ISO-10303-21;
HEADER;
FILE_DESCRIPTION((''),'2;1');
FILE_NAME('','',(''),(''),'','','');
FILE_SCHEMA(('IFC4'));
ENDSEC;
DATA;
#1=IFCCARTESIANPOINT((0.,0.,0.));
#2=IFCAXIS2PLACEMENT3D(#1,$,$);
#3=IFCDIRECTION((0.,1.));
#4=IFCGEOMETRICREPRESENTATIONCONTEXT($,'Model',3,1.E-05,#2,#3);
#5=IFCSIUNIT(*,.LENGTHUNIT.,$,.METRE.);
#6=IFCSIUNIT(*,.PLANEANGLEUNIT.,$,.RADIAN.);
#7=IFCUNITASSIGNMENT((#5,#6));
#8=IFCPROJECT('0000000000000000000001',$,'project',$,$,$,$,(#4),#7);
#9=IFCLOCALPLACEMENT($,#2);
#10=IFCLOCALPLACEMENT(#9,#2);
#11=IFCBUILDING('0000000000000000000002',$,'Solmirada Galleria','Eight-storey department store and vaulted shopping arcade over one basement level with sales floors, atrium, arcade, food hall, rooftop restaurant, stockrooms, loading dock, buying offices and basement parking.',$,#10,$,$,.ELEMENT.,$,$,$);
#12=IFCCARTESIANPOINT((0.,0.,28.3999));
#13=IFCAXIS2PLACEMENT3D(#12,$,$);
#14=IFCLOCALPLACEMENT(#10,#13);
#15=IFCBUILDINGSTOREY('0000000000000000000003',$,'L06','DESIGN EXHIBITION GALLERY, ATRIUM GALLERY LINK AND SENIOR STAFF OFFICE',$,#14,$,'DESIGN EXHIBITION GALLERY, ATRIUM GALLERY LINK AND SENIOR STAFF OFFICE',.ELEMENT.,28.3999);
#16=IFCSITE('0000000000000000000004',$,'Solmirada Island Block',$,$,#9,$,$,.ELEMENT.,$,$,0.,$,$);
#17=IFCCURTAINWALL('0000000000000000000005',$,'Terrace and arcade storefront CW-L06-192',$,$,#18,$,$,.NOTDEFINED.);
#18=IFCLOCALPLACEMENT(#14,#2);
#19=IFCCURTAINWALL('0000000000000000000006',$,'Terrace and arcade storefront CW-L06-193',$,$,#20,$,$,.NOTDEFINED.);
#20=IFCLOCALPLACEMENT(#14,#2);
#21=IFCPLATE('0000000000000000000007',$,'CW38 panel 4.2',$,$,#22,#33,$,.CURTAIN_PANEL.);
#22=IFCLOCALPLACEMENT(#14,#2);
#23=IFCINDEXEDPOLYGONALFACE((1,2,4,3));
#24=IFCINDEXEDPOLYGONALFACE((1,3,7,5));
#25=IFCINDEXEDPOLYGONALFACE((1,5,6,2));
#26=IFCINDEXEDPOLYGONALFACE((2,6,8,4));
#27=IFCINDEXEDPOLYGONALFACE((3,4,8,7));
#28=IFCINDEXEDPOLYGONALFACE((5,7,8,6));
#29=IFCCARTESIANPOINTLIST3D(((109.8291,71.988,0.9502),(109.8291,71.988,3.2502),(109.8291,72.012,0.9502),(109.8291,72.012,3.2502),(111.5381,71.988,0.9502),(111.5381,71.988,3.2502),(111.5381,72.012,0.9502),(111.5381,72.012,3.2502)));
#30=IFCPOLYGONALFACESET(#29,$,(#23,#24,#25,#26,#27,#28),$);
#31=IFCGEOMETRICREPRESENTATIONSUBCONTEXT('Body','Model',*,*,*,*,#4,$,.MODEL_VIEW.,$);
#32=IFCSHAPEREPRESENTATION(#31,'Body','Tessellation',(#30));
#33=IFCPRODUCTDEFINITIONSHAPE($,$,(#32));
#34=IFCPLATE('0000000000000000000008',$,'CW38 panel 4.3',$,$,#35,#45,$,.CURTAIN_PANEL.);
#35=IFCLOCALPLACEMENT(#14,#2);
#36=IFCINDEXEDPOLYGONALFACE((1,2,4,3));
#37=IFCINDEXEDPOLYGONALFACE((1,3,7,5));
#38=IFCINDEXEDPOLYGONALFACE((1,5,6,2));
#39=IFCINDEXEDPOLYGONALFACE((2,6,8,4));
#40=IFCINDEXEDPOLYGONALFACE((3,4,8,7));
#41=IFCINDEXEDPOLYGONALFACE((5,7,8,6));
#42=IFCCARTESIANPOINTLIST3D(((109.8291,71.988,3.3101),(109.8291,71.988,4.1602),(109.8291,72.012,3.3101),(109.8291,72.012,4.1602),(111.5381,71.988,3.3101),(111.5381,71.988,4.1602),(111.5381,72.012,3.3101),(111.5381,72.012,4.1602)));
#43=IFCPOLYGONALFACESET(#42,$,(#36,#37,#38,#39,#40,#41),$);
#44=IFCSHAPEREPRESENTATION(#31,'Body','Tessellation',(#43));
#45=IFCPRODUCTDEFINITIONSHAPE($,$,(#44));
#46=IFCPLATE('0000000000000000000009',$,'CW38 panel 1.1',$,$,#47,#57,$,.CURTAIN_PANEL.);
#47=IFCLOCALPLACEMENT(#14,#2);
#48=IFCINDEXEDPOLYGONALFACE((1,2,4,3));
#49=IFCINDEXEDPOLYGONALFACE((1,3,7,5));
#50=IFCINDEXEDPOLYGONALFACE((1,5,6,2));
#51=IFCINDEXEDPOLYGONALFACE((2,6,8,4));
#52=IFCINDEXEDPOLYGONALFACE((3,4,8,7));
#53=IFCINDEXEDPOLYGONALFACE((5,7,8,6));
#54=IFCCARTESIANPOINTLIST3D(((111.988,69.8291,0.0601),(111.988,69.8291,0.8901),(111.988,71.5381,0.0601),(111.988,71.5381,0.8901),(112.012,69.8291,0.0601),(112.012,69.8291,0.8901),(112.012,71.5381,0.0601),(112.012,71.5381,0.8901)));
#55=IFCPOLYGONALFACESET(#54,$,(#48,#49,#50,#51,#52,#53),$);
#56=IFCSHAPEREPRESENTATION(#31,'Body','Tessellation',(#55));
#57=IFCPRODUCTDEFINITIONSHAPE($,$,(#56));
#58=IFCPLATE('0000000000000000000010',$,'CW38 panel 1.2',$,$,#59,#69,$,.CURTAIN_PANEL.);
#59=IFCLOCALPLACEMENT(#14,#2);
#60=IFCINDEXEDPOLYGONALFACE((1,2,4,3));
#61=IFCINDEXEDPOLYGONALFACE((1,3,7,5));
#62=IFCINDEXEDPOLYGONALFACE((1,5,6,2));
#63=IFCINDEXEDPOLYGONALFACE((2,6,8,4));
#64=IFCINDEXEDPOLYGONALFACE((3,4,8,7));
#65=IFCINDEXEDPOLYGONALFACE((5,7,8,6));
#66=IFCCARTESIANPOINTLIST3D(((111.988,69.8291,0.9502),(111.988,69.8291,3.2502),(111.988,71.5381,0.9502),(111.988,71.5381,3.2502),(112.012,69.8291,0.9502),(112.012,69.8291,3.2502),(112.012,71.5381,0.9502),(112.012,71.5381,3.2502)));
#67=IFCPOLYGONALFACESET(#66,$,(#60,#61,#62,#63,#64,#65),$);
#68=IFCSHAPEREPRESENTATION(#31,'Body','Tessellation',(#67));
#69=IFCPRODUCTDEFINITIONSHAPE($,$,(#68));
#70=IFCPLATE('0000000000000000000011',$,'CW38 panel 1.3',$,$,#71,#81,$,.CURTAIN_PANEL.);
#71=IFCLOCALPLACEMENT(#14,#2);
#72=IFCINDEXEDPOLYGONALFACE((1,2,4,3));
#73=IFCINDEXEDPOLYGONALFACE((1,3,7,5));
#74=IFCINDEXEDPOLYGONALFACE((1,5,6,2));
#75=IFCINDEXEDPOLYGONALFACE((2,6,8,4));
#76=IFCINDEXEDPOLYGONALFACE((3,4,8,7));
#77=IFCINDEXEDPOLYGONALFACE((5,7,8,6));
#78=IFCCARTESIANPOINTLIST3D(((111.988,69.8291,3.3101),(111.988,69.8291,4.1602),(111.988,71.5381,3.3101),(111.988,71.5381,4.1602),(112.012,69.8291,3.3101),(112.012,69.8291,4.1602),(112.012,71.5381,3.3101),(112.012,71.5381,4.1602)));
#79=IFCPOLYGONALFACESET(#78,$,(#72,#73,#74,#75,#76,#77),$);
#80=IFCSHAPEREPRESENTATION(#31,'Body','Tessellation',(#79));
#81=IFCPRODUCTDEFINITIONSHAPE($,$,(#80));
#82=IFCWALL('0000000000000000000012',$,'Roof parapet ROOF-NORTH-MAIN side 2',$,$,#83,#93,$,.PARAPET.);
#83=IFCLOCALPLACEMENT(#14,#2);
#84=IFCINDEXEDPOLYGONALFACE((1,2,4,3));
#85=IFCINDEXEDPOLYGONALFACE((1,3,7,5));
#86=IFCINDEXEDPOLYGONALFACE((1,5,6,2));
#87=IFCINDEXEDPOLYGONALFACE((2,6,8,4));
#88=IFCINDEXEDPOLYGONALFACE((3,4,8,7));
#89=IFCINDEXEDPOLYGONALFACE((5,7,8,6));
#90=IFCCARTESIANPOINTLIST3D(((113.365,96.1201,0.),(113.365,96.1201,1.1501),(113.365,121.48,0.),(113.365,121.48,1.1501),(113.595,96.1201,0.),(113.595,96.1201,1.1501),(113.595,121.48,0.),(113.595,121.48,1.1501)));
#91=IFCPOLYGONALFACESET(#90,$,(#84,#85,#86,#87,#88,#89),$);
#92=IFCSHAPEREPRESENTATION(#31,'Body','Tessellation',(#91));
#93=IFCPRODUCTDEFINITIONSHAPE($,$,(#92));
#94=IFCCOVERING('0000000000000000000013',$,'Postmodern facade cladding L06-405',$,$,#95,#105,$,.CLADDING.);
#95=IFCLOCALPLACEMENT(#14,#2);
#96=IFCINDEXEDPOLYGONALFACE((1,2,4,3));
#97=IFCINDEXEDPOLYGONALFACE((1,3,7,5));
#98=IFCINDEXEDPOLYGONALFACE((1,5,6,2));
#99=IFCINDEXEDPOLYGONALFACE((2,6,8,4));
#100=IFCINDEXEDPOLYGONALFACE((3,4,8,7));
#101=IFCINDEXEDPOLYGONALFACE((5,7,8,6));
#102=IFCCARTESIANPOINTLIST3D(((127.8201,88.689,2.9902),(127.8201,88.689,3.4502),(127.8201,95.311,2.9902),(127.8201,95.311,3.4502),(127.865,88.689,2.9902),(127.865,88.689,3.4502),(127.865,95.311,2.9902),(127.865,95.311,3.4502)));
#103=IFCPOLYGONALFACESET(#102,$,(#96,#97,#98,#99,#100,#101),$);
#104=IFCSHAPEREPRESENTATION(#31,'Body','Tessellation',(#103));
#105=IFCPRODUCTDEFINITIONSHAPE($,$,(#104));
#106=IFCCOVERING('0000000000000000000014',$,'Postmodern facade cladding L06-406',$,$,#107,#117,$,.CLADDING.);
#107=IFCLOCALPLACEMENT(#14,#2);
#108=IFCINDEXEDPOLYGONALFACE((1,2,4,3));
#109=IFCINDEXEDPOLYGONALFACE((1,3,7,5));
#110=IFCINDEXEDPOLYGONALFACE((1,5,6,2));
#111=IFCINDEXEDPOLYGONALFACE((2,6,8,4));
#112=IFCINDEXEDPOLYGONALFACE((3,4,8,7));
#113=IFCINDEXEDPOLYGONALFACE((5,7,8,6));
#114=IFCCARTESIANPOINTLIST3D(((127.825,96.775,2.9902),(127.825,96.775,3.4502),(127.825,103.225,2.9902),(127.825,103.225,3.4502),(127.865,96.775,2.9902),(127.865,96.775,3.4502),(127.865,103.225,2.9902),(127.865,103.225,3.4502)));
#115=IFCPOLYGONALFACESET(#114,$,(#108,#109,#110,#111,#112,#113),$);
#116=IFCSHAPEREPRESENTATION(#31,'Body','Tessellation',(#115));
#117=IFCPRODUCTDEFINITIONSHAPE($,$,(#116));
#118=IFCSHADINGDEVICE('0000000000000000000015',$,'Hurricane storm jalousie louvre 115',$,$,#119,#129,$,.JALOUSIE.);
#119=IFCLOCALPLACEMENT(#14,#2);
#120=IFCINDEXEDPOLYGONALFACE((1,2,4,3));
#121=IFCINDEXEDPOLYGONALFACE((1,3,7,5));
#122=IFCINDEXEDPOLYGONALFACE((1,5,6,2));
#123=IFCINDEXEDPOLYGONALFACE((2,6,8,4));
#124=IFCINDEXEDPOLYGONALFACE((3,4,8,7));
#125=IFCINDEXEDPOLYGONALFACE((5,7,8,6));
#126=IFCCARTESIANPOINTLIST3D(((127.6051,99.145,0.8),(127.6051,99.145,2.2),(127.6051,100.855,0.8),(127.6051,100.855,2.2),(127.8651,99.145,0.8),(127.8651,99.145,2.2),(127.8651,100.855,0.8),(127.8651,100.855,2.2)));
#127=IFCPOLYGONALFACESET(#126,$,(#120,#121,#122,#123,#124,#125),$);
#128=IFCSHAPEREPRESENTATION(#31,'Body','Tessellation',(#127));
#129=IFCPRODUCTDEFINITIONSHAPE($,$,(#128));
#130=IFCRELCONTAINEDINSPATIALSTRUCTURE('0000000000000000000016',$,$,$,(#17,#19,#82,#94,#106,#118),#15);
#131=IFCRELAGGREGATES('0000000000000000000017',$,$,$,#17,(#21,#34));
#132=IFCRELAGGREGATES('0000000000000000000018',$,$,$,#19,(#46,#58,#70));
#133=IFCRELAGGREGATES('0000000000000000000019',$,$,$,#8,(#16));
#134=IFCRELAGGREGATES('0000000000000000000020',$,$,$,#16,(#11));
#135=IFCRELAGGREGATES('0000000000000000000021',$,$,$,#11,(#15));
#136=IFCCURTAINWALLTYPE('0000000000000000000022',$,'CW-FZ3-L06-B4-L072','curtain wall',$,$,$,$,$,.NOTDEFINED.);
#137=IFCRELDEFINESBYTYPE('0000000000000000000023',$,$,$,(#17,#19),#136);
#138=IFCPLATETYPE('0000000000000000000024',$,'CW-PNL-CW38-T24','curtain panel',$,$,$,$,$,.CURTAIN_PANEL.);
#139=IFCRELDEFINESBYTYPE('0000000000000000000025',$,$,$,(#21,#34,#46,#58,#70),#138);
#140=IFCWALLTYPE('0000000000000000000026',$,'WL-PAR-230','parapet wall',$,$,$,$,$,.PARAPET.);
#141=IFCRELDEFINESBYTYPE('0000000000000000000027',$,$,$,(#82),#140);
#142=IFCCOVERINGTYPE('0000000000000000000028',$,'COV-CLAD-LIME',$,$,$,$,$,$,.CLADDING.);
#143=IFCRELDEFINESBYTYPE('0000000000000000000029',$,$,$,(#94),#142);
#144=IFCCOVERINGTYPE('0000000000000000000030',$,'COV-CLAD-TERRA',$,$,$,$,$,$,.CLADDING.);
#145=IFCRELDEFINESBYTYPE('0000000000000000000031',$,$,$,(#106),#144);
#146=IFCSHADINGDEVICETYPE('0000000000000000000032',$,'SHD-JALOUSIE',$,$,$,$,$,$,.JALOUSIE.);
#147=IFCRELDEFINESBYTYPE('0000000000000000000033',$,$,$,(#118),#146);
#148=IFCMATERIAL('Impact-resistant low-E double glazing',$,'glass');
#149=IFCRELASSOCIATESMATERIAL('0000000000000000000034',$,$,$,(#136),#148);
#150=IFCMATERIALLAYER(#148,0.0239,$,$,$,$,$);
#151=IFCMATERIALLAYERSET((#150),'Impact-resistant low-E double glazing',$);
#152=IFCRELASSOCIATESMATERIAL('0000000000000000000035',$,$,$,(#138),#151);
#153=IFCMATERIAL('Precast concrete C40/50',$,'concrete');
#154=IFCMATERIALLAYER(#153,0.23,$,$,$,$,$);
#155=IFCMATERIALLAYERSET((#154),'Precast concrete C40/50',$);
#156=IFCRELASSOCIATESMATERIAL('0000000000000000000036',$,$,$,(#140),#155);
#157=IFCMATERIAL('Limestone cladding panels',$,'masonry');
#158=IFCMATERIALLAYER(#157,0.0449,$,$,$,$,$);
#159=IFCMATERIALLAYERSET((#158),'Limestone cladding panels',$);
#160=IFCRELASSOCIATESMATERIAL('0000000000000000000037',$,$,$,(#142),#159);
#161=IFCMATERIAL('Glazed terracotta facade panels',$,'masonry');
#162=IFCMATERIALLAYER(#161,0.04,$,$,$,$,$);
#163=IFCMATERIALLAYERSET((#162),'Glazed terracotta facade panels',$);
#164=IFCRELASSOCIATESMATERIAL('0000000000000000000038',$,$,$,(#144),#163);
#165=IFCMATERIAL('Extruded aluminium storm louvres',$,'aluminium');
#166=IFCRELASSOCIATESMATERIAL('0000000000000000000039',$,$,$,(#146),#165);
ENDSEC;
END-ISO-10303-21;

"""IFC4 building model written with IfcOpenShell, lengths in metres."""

from ifc_helpers import new_model, si_unit, direction, frame, frame_2d, origin, origin_2d, place, context, subcontext, project, spatial, rectangle, extrude, material, layer, layer_set, type_object, element, aggregate, save


model = new_model("IFC4")

# Units and contexts
model_context = context("Model", 3, precision=1e-05, world=origin(), true_north=direction((0.0, 1.0)))
body_context = subcontext(model_context, "Body", "Model", "MODEL_VIEW")
ifc_project = project(units=[si_unit("LENGTHUNIT", "METRE"), si_unit("PLANEANGLEUNIT", "RADIAN")], contexts=[model_context])

# Site, building, storey
site_placement = place(None, origin())
site = spatial("IfcSite", under=ifc_project, at=site_placement, Name="Solmirada Island Block", CompositionType="ELEMENT", RefElevation=0.0)
building_placement = place(site_placement, origin())
building = spatial("IfcBuilding", under=site, at=building_placement, Name="Solmirada Galleria", Description="Eight-storey department store and vaulted shopping arcade over one basement level with sales floors, atrium, arcade, food hall, rooftop restaurant, stockrooms, loading dock, buying offices and basement parking.", CompositionType="ELEMENT")
storey_placement = place(building_placement, frame((0.0, 0.0, 28.3999)))
storey = spatial("IfcBuildingStorey", under=building, at=storey_placement, Name="L06", Description="DESIGN EXHIBITION GALLERY, ATRIUM GALLERY LINK AND SENIOR STAFF OFFICE", LongName="DESIGN EXHIBITION GALLERY, ATRIUM GALLERY LINK AND SENIOR STAFF OFFICE", CompositionType="ELEMENT", Elevation=28.3999)

# Curtain walls
ifc_material_1 = material(Name="Impact-resistant low-E double glazing", Category="glass")
curtain_wall_type = type_object("IfcCurtainWallType", Name="CW-FZ3-L06-B4-L072", Description="curtain wall", PredefinedType="NOTDEFINED", material=ifc_material_1)
curtain_wall_1_placement = place(storey_placement, origin())
curtain_wall_1 = element("IfcCurtainWall", 1, at=curtain_wall_1_placement, inside=storey, type_object=curtain_wall_type, Name="Terrace and arcade storefront CW-L06-192", PredefinedType="NOTDEFINED")
curtain_wall_2_placement = place(storey_placement, origin())
curtain_wall_2 = element("IfcCurtainWall", 2, at=curtain_wall_2_placement, inside=storey, type_object=curtain_wall_type, Name="Terrace and arcade storefront CW-L06-193", PredefinedType="NOTDEFINED")

# Plates
ifc_layer_1 = layer(ifc_material_1, 0.0239)
ifc_layer_set_1 = layer_set([ifc_layer_1], Name="Impact-resistant low-E double glazing")
plate_type = type_object("IfcPlateType", Name="CW-PNL-CW38-T24", Description="curtain panel", PredefinedType="CURTAIN_PANEL", material=ifc_layer_set_1)
plate_1_placement = place(storey_placement, frame((110.6836, 72.0, 0.9502), z_axis=(0.0, 0.0, 1.0), x_axis=(1.0, 0.0, 0.0)))
plate_1 = element("IfcPlate", 3, at=plate_1_placement, type_object=plate_type, Name="CW38 panel 4.2", PredefinedType="CURTAIN_PANEL", context=body_context, shape_type="SweptSolid", body=[
    extrude(rectangle(XDim=1.709, YDim=0.0239, at=origin_2d()), origin(), (0.0, 0.0, 1.0), 2.3),
])
plate_2_placement = place(storey_placement, frame((110.6836, 72.0, 3.3101), z_axis=(0.0, 0.0, 1.0), x_axis=(1.0, 0.0, 0.0)))
plate_2 = element("IfcPlate", 4, at=plate_2_placement, type_object=plate_type, Name="CW38 panel 4.3", PredefinedType="CURTAIN_PANEL", context=body_context, shape_type="SweptSolid", body=[
    extrude(rectangle(XDim=1.709, YDim=0.0239, at=origin_2d()), origin(), (0.0, 0.0, 1.0), 0.8501),
])
aggregate(curtain_wall_1, [plate_1, plate_2])
plate_3_placement = place(storey_placement, frame((112.0, 70.6836, 0.0601), z_axis=(0.0, 0.0, 1.0), x_axis=(0.0, -1.0, 0.0)))
plate_3 = element("IfcPlate", 5, at=plate_3_placement, type_object=plate_type, Name="CW38 panel 1.1", PredefinedType="CURTAIN_PANEL", context=body_context, shape_type="SweptSolid", body=[
    extrude(rectangle(XDim=1.709, YDim=0.0239, at=origin_2d()), origin(), (0.0, 0.0, 1.0), 0.8301),
])
plate_4_placement = place(storey_placement, frame((112.0, 70.6836, 0.9502), z_axis=(0.0, 0.0, 1.0), x_axis=(0.0, -1.0, 0.0)))
plate_4 = element("IfcPlate", 6, at=plate_4_placement, type_object=plate_type, Name="CW38 panel 1.2", PredefinedType="CURTAIN_PANEL", context=body_context, shape_type="SweptSolid", body=[
    extrude(rectangle(XDim=1.709, YDim=0.0239, at=origin_2d()), origin(), (0.0, 0.0, 1.0), 2.3),
])
plate_5_placement = place(storey_placement, frame((112.0, 70.6836, 3.3101), z_axis=(0.0, 0.0, 1.0), x_axis=(0.0, -1.0, 0.0)))
plate_5 = element("IfcPlate", 7, at=plate_5_placement, type_object=plate_type, Name="CW38 panel 1.3", PredefinedType="CURTAIN_PANEL", context=body_context, shape_type="SweptSolid", body=[
    extrude(rectangle(XDim=1.709, YDim=0.0239, at=origin_2d()), origin(), (0.0, 0.0, 1.0), 0.8501),
])
aggregate(curtain_wall_2, [plate_3, plate_4, plate_5])

# Wall
ifc_material_2 = material(Name="Precast concrete C40/50", Category="concrete")
ifc_layer_2 = layer(ifc_material_2, 0.23)
ifc_layer_set_2 = layer_set([ifc_layer_2], Name="Precast concrete C40/50")
wall_type = type_object("IfcWallType", Name="WL-PAR-230", Description="parapet wall", PredefinedType="PARAPET", material=ifc_layer_set_2)
wall_placement = place(storey_placement, frame((113.48, 96.1201, 0.0), z_axis=(0.0, 0.0, 1.0), x_axis=(0.0, 1.0, 0.0)))
element("IfcWall", 8, at=wall_placement, inside=storey, type_object=wall_type, Name="Roof parapet ROOF-NORTH-MAIN side 2", PredefinedType="PARAPET", context=body_context, shape_type="SweptSolid", body=[
    extrude(rectangle(XDim=25.3599, YDim=0.23, at=frame_2d((12.6799, 0.0))), origin(), (0.0, 0.0, 1.0), 1.1501),
])

# Coverings
ifc_material_3 = material(Name="Limestone cladding panels", Category="masonry")
ifc_layer_3 = layer(ifc_material_3, 0.0449)
ifc_layer_set_3 = layer_set([ifc_layer_3], Name="Limestone cladding panels")
covering_type_1 = type_object("IfcCoveringType", Name="COV-CLAD-LIME", PredefinedType="CLADDING", material=ifc_layer_set_3)
covering_1_placement = place(storey_placement, frame((127.8425, 92.0, 2.9902), z_axis=(0.0, 0.0, 1.0), x_axis=(0.0, 1.0, 0.0)))
element("IfcCovering", 9, at=covering_1_placement, inside=storey, type_object=covering_type_1, Name="Postmodern facade cladding L06-405", PredefinedType="CLADDING", context=body_context, shape_type="SweptSolid", body=[
    extrude(rectangle(XDim=6.6221, YDim=0.0449, at=origin_2d()), origin(), (0.0, 0.0, 1.0), 0.46),
])
ifc_material_4 = material(Name="Glazed terracotta facade panels", Category="masonry")
ifc_layer_4 = layer(ifc_material_4, 0.04)
ifc_layer_set_4 = layer_set([ifc_layer_4], Name="Glazed terracotta facade panels")
covering_type_2 = type_object("IfcCoveringType", Name="COV-CLAD-TERRA", PredefinedType="CLADDING", material=ifc_layer_set_4)
covering_2_placement = place(storey_placement, frame((127.845, 100.0, 2.9902), z_axis=(0.0, 0.0, 1.0), x_axis=(0.0, 1.0, 0.0)))
element("IfcCovering", 10, at=covering_2_placement, inside=storey, type_object=covering_type_2, Name="Postmodern facade cladding L06-406", PredefinedType="CLADDING", context=body_context, shape_type="SweptSolid", body=[
    extrude(rectangle(XDim=6.45, YDim=0.04, at=origin_2d()), origin(), (0.0, 0.0, 1.0), 0.46),
])

# Shading device
ifc_material_5 = material(Name="Extruded aluminium storm louvres", Category="aluminium")
shading_device_type = type_object("IfcShadingDeviceType", Name="SHD-JALOUSIE", PredefinedType="JALOUSIE", material=ifc_material_5)
shading_device_placement = place(storey_placement, frame((127.7351, 100.0, 0.8), z_axis=(0.0, 0.0, 1.0), x_axis=(0.0, 1.0, 0.0)))
element("IfcShadingDevice", 11, at=shading_device_placement, inside=storey, type_object=shading_device_type, Name="Hurricane storm jalousie louvre 115", PredefinedType="JALOUSIE", context=body_context, shape_type="SweptSolid", body=[
    extrude(rectangle(XDim=1.71, YDim=0.26, at=origin_2d()), origin(), (0.0, 0.0, 1.0), 1.3999),
])

save(model, "model.ifc")
